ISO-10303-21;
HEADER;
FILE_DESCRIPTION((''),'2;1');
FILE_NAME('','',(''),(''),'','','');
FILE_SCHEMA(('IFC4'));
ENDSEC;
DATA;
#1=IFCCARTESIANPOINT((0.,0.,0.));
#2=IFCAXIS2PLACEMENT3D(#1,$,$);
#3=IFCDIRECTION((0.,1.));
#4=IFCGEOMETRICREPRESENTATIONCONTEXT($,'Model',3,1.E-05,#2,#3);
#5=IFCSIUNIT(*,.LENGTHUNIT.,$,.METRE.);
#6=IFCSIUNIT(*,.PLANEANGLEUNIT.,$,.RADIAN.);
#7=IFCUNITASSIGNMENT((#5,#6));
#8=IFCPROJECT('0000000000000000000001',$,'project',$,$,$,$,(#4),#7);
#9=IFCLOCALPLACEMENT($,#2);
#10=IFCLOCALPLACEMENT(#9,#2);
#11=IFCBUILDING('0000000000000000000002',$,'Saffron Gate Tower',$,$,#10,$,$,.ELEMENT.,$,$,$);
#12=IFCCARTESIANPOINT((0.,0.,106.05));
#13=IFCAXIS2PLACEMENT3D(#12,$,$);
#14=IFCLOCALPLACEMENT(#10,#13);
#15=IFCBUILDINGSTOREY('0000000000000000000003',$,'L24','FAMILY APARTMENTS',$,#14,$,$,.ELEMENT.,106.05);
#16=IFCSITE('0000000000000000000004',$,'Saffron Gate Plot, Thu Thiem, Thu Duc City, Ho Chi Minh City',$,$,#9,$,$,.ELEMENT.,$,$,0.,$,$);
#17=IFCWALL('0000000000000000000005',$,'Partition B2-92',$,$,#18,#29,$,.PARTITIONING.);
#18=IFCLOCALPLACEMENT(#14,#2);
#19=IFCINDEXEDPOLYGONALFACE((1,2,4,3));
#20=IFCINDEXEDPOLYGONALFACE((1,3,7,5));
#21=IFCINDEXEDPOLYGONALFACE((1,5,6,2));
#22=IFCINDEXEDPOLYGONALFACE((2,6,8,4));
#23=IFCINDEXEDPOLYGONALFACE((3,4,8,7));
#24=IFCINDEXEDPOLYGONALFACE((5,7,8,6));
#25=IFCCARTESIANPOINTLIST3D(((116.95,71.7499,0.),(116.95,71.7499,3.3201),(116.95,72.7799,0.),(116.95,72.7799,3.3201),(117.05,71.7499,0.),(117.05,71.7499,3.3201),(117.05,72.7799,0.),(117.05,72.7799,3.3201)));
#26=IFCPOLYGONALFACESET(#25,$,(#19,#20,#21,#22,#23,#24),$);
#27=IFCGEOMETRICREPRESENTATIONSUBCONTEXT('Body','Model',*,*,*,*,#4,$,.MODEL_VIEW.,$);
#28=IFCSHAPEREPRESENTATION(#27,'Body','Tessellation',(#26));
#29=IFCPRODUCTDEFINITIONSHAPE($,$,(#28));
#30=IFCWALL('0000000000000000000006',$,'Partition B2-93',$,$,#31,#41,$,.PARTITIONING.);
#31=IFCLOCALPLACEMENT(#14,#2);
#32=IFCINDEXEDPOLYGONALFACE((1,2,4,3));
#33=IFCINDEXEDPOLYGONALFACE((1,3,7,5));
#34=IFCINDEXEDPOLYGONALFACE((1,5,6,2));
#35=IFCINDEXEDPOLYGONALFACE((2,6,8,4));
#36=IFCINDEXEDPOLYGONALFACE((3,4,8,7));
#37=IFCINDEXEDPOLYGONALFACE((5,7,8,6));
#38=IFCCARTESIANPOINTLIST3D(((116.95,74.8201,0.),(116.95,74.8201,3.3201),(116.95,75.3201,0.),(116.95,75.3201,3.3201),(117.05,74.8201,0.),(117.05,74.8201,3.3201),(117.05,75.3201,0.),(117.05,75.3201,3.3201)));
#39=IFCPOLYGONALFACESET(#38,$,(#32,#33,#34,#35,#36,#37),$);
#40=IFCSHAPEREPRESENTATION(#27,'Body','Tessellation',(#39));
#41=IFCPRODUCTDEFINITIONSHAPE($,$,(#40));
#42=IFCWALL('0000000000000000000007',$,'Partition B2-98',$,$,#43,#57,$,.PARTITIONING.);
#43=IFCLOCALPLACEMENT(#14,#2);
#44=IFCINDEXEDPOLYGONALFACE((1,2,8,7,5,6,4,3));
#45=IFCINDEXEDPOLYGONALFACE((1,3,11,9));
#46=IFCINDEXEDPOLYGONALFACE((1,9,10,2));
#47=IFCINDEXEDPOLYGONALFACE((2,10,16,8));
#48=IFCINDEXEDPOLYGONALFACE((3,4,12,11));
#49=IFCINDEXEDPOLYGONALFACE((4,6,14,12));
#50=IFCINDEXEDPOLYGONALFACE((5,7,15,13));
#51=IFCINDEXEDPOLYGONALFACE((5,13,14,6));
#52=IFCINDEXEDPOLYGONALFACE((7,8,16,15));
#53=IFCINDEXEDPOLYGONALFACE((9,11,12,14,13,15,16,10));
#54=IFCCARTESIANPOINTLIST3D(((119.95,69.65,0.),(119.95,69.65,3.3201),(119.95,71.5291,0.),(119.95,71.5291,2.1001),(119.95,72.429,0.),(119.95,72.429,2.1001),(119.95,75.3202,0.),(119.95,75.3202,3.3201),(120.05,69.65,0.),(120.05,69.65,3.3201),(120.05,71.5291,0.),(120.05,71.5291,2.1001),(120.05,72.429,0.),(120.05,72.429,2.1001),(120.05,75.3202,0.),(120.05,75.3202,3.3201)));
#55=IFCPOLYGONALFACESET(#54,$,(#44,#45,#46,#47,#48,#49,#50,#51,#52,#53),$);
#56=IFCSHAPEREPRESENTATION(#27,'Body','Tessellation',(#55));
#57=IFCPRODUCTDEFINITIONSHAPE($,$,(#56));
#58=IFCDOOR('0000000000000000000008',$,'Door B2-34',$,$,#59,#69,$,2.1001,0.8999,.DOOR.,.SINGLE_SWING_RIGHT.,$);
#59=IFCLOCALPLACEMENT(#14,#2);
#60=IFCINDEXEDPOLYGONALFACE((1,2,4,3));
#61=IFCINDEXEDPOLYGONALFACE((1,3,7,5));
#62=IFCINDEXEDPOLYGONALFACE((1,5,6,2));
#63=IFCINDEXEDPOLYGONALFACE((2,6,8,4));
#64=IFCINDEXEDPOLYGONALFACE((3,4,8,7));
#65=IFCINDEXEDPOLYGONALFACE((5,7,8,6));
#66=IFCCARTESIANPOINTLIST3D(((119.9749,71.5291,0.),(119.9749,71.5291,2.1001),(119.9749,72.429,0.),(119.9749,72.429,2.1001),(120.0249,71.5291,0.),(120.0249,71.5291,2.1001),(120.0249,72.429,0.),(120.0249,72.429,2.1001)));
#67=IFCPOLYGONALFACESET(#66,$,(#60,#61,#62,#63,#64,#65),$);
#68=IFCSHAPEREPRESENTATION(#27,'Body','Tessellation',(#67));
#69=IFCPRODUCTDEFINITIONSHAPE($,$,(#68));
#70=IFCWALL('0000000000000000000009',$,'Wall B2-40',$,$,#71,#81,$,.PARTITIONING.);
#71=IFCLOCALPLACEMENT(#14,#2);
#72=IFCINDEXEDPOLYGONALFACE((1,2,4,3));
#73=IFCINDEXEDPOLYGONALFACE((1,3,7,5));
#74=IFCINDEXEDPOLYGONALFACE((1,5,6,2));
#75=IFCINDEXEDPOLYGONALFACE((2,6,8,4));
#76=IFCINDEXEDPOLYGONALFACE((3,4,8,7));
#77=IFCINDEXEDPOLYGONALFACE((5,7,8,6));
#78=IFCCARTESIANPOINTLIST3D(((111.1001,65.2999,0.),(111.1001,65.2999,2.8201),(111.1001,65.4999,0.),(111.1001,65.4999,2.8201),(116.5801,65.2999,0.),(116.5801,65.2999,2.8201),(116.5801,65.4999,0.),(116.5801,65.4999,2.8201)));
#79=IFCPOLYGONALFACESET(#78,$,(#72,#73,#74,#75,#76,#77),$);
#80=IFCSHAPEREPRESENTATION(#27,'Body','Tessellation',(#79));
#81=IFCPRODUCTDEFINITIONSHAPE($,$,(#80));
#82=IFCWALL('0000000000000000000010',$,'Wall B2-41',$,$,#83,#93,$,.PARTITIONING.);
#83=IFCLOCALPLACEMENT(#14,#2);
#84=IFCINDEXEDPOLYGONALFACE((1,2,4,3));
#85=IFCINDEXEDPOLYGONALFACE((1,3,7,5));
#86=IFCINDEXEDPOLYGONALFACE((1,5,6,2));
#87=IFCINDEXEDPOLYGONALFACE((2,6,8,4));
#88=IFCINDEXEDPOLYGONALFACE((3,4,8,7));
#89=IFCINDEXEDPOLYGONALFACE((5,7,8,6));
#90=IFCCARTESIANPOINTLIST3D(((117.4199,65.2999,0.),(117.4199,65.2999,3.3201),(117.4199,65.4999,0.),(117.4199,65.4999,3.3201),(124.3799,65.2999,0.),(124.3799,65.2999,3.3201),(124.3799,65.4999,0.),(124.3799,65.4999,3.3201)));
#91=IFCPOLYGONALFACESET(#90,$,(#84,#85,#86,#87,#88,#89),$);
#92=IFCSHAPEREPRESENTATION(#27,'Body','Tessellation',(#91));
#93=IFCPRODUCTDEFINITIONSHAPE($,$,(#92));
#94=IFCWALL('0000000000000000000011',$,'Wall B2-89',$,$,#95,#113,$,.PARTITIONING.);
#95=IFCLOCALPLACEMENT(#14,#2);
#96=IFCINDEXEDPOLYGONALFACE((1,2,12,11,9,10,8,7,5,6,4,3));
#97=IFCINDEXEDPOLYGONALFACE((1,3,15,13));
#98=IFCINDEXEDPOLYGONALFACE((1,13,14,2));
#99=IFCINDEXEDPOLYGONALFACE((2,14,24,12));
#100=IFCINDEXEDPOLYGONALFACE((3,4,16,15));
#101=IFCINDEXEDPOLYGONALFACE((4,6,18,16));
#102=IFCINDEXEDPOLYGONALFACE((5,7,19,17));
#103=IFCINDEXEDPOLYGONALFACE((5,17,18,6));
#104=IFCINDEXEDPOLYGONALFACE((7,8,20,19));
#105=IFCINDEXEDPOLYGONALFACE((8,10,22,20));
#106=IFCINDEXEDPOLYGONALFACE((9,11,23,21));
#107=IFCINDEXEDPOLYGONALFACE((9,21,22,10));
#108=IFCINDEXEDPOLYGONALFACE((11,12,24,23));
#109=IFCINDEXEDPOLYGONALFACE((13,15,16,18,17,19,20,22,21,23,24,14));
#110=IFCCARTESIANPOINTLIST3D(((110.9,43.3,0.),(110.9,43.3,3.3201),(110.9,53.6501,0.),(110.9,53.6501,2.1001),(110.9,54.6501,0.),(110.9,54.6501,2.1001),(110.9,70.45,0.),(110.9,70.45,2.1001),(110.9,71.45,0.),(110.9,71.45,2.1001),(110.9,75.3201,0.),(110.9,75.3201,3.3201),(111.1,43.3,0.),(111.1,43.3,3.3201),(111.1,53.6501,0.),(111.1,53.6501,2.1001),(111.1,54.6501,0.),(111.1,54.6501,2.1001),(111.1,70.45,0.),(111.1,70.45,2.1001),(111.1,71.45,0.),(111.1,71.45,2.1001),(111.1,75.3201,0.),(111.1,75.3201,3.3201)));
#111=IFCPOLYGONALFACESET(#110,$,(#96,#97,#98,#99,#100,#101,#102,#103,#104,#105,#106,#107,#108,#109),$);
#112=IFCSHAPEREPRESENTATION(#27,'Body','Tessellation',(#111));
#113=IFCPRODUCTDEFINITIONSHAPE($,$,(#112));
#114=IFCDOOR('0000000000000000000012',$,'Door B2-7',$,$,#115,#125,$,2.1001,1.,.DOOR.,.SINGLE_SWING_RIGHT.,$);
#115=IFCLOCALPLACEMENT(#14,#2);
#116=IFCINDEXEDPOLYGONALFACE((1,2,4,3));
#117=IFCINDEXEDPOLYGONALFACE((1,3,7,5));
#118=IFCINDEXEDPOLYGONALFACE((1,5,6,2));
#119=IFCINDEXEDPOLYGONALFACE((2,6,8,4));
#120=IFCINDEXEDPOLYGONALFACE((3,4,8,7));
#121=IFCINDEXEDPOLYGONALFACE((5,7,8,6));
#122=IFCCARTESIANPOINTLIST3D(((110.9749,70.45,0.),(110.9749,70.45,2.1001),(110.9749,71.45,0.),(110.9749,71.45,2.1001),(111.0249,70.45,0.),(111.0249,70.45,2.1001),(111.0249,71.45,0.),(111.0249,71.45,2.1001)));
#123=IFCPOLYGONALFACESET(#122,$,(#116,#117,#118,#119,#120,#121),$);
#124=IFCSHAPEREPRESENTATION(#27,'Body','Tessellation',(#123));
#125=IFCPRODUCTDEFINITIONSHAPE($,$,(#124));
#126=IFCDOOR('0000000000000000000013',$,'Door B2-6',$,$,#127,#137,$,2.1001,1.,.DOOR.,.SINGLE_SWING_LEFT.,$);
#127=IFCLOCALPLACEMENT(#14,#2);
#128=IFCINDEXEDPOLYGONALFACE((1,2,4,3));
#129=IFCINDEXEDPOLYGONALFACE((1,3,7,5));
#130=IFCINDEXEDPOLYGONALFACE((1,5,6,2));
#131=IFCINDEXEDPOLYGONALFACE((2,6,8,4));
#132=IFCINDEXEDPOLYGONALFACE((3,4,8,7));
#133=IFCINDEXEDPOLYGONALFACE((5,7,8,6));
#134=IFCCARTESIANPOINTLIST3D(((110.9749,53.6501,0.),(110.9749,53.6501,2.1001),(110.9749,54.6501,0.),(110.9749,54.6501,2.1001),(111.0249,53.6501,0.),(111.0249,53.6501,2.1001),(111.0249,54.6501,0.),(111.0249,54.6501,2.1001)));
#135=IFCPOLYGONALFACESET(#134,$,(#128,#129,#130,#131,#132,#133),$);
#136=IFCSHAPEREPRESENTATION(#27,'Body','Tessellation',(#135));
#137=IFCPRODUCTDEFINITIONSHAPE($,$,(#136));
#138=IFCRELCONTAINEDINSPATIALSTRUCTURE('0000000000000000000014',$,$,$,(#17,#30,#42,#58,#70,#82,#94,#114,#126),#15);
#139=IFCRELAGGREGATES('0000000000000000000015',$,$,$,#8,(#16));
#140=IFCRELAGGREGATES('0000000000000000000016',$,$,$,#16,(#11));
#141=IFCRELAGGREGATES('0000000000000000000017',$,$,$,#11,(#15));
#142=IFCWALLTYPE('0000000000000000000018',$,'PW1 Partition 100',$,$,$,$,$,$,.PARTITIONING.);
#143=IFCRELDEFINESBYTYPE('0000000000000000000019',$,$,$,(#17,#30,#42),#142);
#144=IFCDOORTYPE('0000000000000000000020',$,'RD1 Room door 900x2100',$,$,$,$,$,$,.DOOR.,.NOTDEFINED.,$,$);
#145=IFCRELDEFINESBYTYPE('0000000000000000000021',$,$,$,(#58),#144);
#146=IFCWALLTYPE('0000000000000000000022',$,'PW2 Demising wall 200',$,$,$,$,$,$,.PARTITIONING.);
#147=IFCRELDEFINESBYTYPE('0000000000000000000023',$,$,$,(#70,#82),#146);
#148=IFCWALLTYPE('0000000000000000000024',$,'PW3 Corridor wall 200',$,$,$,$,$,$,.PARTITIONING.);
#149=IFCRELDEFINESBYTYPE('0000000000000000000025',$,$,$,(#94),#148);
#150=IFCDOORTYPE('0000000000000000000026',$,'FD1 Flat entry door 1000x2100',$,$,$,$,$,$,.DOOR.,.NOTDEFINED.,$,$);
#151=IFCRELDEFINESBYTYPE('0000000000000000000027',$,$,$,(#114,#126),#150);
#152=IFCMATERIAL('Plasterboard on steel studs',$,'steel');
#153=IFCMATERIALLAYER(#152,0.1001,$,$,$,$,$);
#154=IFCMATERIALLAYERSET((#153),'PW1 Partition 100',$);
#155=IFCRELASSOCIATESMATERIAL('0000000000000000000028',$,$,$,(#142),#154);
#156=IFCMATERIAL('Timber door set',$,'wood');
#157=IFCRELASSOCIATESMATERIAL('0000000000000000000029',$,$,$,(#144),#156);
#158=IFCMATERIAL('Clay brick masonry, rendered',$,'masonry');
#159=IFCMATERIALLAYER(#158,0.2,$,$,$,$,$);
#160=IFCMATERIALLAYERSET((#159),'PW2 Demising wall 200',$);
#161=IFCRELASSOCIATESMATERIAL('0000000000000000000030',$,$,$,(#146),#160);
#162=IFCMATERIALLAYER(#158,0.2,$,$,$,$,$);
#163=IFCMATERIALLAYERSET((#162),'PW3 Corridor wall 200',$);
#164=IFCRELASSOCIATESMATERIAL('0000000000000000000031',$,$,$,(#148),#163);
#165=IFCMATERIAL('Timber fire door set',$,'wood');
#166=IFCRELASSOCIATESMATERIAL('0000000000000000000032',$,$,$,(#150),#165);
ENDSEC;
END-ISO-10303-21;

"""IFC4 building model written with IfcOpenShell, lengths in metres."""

from ifc_helpers import new_model, si_unit, direction, frame, frame_2d, origin, place, context, subcontext, project, spatial, rectangle, extrude, material, layer, layer_set, type_object, element, fill, save


model = new_model("IFC4")

# Units and contexts
model_context = context("Model", 3, precision=1e-05, world=origin(), true_north=direction((0.0, 1.0)))
body_context = subcontext(model_context, "Body", "Model", "MODEL_VIEW")
ifc_project = project(units=[si_unit("LENGTHUNIT", "METRE"), si_unit("PLANEANGLEUNIT", "RADIAN")], contexts=[model_context])

# Site, building, storey
site_placement = place(None, origin())
site = spatial("IfcSite", under=ifc_project, at=site_placement, Name="Saffron Gate Plot, Thu Thiem, Thu Duc City, Ho Chi Minh City", CompositionType="ELEMENT", RefElevation=0.0)
building_placement = place(site_placement, origin())
building = spatial("IfcBuilding", under=site, at=building_placement, Name="Saffron Gate Tower", CompositionType="ELEMENT")
storey_placement = place(building_placement, frame((0.0, 0.0, 106.05)))
storey = spatial("IfcBuildingStorey", under=building, at=storey_placement, Name="L24", Description="FAMILY APARTMENTS", CompositionType="ELEMENT", Elevation=106.05)

# Shared definitions
ifc_material_1 = material(Name="Plasterboard on steel studs", Category="steel")
ifc_layer_1 = layer(ifc_material_1, 0.1001)
ifc_layer_set_1 = layer_set([ifc_layer_1], Name="PW1 Partition 100")
wall_type_1 = type_object("IfcWallType", Name="PW1 Partition 100", PredefinedType="PARTITIONING", material=ifc_layer_set_1)

# Shared definitions
ifc_material_2 = material(Name="Timber door set", Category="wood")

# Walls
wall_1_placement = place(storey_placement, frame((117.0, 72.78, 0.0), z_axis=(0.0, 0.0, 1.0), x_axis=(0.0, -1.0, 0.0)))
element("IfcWall", 1, at=wall_1_placement, inside=storey, type_object=wall_type_1, Name="Partition B2-92", PredefinedType="PARTITIONING", context=body_context, shape_type="SweptSolid", body=[
    extrude(rectangle(XDim=1.03, YDim=0.1001, at=frame_2d((0.5151, 0.0))), origin(), (0.0, 0.0, 1.0), 3.3201),
])
wall_2_placement = place(storey_placement, frame((117.0, 75.3201, 0.0), z_axis=(0.0, 0.0, 1.0), x_axis=(0.0, -1.0, 0.0)))
element("IfcWall", 2, at=wall_2_placement, inside=storey, type_object=wall_type_1, Name="Partition B2-93", PredefinedType="PARTITIONING", context=body_context, shape_type="SweptSolid", body=[
    extrude(rectangle(XDim=0.5, YDim=0.1001, at=frame_2d((0.25, 0.0))), origin(), (0.0, 0.0, 1.0), 3.3201),
])

# Wall, opening, door
wall_3_placement = place(storey_placement, frame((120.0, 75.3201, 0.0), z_axis=(0.0, 0.0, 1.0), x_axis=(0.0, -1.0, 0.0)))
wall_3 = element("IfcWall", 3, at=wall_3_placement, inside=storey, type_object=wall_type_1, Name="Partition B2-98", PredefinedType="PARTITIONING", context=body_context, shape_type="SweptSolid", body=[
    extrude(rectangle(XDim=5.6702, YDim=0.1001, at=frame_2d((2.835, 0.0))), origin(), (0.0, 0.0, 1.0), 3.3201),
])
opening_1_placement = place(wall_3_placement, frame((2.8911, 0.0, 0.0)))
opening_1 = element("IfcOpeningElement", 4, at=opening_1_placement, cuts=wall_3, PredefinedType="OPENING", context=body_context, shape_type="SweptSolid", body=[
    extrude(rectangle(XDim=0.8999, YDim=2.1001, at=frame_2d((0.45, 1.05))), frame((0.0, 0.0601, 0.0), z_axis=(0.0, -1.0, 0.0), x_axis=(1.0, 0.0, 0.0)), (0.0, 0.0, 1.0), 0.1201),
])
door_type_1 = type_object("IfcDoorType", Name="RD1 Room door 900x2100", OperationType="NOTDEFINED", PredefinedType="DOOR", material=ifc_material_2)
door_1_placement = place(opening_1_placement, origin())
door_1 = element("IfcDoor", 5, at=door_1_placement, inside=storey, type_object=door_type_1, Name="Door B2-34", OperationType="SINGLE_SWING_RIGHT", OverallHeight=2.1001, OverallWidth=0.8999, PredefinedType="DOOR", context=body_context, shape_type="SweptSolid", body=[
    extrude(rectangle(XDim=0.8999, YDim=2.1001, at=frame_2d((0.45, 1.05))), frame((0.0, 0.0249, 0.0), z_axis=(0.0, -1.0, 0.0), x_axis=(1.0, 0.0, 0.0)), (0.0, 0.0, 1.0), 0.05),
])
fill(opening_1, door_1)

# Walls
ifc_material_3 = material(Name="Clay brick masonry, rendered", Category="masonry")
ifc_layer_2 = layer(ifc_material_3, 0.2)
ifc_layer_set_2 = layer_set([ifc_layer_2], Name="PW2 Demising wall 200")
wall_type_2 = type_object("IfcWallType", Name="PW2 Demising wall 200", PredefinedType="PARTITIONING", material=ifc_layer_set_2)
wall_4_placement = place(storey_placement, frame((111.1001, 65.3999, 0.0), z_axis=(0.0, 0.0, 1.0), x_axis=(1.0, 0.0, 0.0)))
element("IfcWall", 6, at=wall_4_placement, inside=storey, type_object=wall_type_2, Name="Wall B2-40", PredefinedType="PARTITIONING", context=body_context, shape_type="SweptSolid", body=[
    extrude(rectangle(XDim=5.48, YDim=0.2, at=frame_2d((2.74, 0.0))), origin(), (0.0, 0.0, 1.0), 2.8201),
])
wall_5_placement = place(storey_placement, frame((117.4199, 65.3999, 0.0), z_axis=(0.0, 0.0, 1.0), x_axis=(1.0, 0.0, 0.0)))
element("IfcWall", 7, at=wall_5_placement, inside=storey, type_object=wall_type_2, Name="Wall B2-41", PredefinedType="PARTITIONING", context=body_context, shape_type="SweptSolid", body=[
    extrude(rectangle(XDim=6.96, YDim=0.2, at=frame_2d((3.48, 0.0))), origin(), (0.0, 0.0, 1.0), 3.3201),
])

# Wall, openings, doors
ifc_layer_3 = layer(ifc_material_3, 0.2)
ifc_layer_set_3 = layer_set([ifc_layer_3], Name="PW3 Corridor wall 200")
wall_type_3 = type_object("IfcWallType", Name="PW3 Corridor wall 200", PredefinedType="PARTITIONING", material=ifc_layer_set_3)
wall_6_placement = place(storey_placement, frame((111.0, 75.3201, 0.0), z_axis=(0.0, 0.0, 1.0), x_axis=(0.0, -1.0, 0.0)))
wall_6 = element("IfcWall", 8, at=wall_6_placement, inside=storey, type_object=wall_type_3, Name="Wall B2-89", PredefinedType="PARTITIONING", context=body_context, shape_type="SweptSolid", body=[
    extrude(rectangle(XDim=32.02, YDim=0.2, at=frame_2d((16.01, 0.0))), origin(), (0.0, 0.0, 1.0), 3.3201),
])
opening_2_placement = place(wall_6_placement, frame((3.8701, 0.0, 0.0)))
opening_2 = element("IfcOpeningElement", 9, at=opening_2_placement, cuts=wall_6, PredefinedType="OPENING", context=body_context, shape_type="SweptSolid", body=[
    extrude(rectangle(XDim=1.0, YDim=2.1001, at=frame_2d((0.5, 1.05))), frame((0.0, 0.1099, 0.0), z_axis=(0.0, -1.0, 0.0), x_axis=(1.0, 0.0, 0.0)), (0.0, 0.0, 1.0), 0.22),
])
opening_3_placement = place(wall_6_placement, frame((20.6699, 0.0, 0.0)))
opening_3 = element("IfcOpeningElement", 10, at=opening_3_placement, cuts=wall_6, PredefinedType="OPENING", context=body_context, shape_type="SweptSolid", body=[
    extrude(rectangle(XDim=1.0, YDim=2.1001, at=frame_2d((0.5, 1.05))), frame((0.0, 0.1099, 0.0), z_axis=(0.0, -1.0, 0.0), x_axis=(1.0, 0.0, 0.0)), (0.0, 0.0, 1.0), 0.22),
])
ifc_material_4 = material(Name="Timber fire door set", Category="wood")
door_type_2 = type_object("IfcDoorType", Name="FD1 Flat entry door 1000x2100", OperationType="NOTDEFINED", PredefinedType="DOOR", material=ifc_material_4)
door_2_placement = place(opening_2_placement, origin())
door_2 = element("IfcDoor", 11, at=door_2_placement, inside=storey, type_object=door_type_2, Name="Door B2-7", OperationType="SINGLE_SWING_RIGHT", OverallHeight=2.1001, OverallWidth=1.0, PredefinedType="DOOR", context=body_context, shape_type="SweptSolid", body=[
    extrude(rectangle(XDim=1.0, YDim=2.1001, at=frame_2d((0.5, 1.05))), frame((0.0, 0.0249, 0.0), z_axis=(0.0, -1.0, 0.0), x_axis=(1.0, 0.0, 0.0)), (0.0, 0.0, 1.0), 0.05),
])
fill(opening_2, door_2)
door_3_placement = place(opening_3_placement, origin())
door_3 = element("IfcDoor", 12, at=door_3_placement, inside=storey, type_object=door_type_2, Name="Door B2-6", OperationType="SINGLE_SWING_LEFT", OverallHeight=2.1001, OverallWidth=1.0, PredefinedType="DOOR", context=body_context, shape_type="SweptSolid", body=[
    extrude(rectangle(XDim=1.0, YDim=2.1001, at=frame_2d((0.5, 1.05))), frame((0.0, 0.0249, 0.0), z_axis=(0.0, -1.0, 0.0), x_axis=(1.0, 0.0, 0.0)), (0.0, 0.0, 1.0), 0.05),
])
fill(opening_3, door_3)

save(model, "model.ifc")
